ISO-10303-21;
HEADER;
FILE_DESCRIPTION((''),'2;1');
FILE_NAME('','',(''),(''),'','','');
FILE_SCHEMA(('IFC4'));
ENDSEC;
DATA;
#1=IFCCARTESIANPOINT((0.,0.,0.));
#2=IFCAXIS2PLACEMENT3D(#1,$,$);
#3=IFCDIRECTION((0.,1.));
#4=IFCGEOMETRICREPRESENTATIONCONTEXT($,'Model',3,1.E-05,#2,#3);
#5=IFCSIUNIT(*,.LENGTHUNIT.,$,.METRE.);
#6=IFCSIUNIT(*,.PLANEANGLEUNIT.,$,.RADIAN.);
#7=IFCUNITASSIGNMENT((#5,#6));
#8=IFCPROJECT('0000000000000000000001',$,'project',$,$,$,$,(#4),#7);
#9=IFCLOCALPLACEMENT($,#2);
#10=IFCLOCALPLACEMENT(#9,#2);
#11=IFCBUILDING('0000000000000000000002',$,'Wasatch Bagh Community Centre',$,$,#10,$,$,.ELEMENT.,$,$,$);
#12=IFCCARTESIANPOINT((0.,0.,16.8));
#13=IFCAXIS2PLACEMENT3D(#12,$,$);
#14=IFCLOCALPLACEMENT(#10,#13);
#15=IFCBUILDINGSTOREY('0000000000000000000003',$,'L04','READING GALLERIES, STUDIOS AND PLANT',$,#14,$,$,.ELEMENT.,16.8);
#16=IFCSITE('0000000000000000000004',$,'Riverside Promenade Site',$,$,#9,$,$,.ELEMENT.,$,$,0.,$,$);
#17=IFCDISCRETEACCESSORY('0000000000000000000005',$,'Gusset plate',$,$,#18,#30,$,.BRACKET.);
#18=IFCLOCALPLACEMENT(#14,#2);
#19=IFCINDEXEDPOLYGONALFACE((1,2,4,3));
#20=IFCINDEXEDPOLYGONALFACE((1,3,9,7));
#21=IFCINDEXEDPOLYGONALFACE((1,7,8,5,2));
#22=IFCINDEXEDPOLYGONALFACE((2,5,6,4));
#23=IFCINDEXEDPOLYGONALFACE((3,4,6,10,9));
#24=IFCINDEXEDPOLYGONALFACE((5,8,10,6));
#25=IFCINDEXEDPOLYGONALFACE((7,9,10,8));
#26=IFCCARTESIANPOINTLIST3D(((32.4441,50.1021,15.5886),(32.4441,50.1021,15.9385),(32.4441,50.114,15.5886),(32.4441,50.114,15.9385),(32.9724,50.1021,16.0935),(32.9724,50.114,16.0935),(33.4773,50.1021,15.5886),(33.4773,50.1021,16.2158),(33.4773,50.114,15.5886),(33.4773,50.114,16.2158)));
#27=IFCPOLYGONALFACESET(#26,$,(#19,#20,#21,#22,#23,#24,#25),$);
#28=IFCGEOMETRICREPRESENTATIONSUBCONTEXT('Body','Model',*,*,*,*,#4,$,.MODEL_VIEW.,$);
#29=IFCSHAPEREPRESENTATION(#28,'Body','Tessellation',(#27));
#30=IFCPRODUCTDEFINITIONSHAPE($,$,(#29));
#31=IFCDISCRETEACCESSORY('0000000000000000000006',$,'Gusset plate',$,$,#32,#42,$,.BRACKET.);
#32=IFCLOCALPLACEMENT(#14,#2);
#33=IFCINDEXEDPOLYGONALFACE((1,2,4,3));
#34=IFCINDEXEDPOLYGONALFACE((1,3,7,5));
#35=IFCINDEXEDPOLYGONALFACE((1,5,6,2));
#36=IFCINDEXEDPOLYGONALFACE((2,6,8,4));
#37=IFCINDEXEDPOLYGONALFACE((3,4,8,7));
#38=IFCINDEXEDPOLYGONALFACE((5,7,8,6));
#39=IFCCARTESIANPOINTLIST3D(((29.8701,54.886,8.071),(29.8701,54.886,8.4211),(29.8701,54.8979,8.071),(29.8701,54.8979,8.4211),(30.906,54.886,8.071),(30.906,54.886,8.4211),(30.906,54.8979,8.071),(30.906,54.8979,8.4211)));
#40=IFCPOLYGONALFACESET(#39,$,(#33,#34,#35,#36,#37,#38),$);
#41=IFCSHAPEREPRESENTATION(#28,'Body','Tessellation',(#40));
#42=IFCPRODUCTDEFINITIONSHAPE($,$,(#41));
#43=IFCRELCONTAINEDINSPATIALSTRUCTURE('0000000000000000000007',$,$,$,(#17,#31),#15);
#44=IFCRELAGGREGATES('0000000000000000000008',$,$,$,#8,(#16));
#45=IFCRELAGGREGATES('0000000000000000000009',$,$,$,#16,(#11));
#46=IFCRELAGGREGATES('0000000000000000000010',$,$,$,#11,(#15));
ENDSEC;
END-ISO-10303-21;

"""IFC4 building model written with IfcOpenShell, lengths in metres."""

from ifc_helpers import new_model, si_unit, direction, frame, origin, place, context, subcontext, project, spatial, polyline, outline, extrude, element, save


model = new_model("IFC4")

# Units and contexts
model_context = context("Model", 3, precision=1e-05, world=origin(), true_north=direction((0.0, 1.0)))
body_context = subcontext(model_context, "Body", "Model", "MODEL_VIEW")
ifc_project = project(units=[si_unit("LENGTHUNIT", "METRE"), si_unit("PLANEANGLEUNIT", "RADIAN")], contexts=[model_context])

# Site, building, storey
site_placement = place(None, origin())
site = spatial("IfcSite", under=ifc_project, at=site_placement, Name="Riverside Promenade Site", CompositionType="ELEMENT", RefElevation=0.0)
building_placement = place(site_placement, origin())
building = spatial("IfcBuilding", under=site, at=building_placement, Name="Wasatch Bagh Community Centre", CompositionType="ELEMENT")
storey_placement = place(building_placement, frame((0.0, 0.0, 16.8)))
storey = spatial("IfcBuildingStorey", under=building, at=storey_placement, Name="L04", Description="READING GALLERIES, STUDIOS AND PLANT", CompositionType="ELEMENT", Elevation=16.8)

# Discrete accessories
discrete_accessory_1_placement = place(storey_placement, frame((32.4441, 50.114, 15.9385), z_axis=(0.0, 1.0, 0.0), x_axis=(0.959542, 0.0, 0.281566)))
element("IfcDiscreteAccessory", 1, at=discrete_accessory_1_placement, inside=storey, Name="Gusset plate", PredefinedType="BRACKET", context=body_context, shape_type="SweptSolid", body=[
    extrude(outline(polyline([(0.0, 0.0), (0.5506, 0.0), (1.0695, 0.0248), (0.8929, 0.6266), (-0.0985, 0.3357), (0.0, 0.0)])), origin(), (0.0, 0.0, -1.0), 0.012),
])
discrete_accessory_2_placement = place(storey_placement, frame((29.8701, 54.886, 8.071), z_axis=(0.0, -1.0, 0.0), x_axis=(1.0, 0.0, 0.0)))
element("IfcDiscreteAccessory", 2, at=discrete_accessory_2_placement, inside=storey, Name="Gusset plate", PredefinedType="BRACKET", context=body_context, shape_type="SweptSolid", body=[
    extrude(outline(polyline([(0.0, 0.0), (1.0359, 0.0), (1.0359, 0.3501), (0.0, 0.3501), (0.0, 0.0)])), origin(), (0.0, 0.0, -1.0), 0.012),
])

save(model, "model.ifc")
